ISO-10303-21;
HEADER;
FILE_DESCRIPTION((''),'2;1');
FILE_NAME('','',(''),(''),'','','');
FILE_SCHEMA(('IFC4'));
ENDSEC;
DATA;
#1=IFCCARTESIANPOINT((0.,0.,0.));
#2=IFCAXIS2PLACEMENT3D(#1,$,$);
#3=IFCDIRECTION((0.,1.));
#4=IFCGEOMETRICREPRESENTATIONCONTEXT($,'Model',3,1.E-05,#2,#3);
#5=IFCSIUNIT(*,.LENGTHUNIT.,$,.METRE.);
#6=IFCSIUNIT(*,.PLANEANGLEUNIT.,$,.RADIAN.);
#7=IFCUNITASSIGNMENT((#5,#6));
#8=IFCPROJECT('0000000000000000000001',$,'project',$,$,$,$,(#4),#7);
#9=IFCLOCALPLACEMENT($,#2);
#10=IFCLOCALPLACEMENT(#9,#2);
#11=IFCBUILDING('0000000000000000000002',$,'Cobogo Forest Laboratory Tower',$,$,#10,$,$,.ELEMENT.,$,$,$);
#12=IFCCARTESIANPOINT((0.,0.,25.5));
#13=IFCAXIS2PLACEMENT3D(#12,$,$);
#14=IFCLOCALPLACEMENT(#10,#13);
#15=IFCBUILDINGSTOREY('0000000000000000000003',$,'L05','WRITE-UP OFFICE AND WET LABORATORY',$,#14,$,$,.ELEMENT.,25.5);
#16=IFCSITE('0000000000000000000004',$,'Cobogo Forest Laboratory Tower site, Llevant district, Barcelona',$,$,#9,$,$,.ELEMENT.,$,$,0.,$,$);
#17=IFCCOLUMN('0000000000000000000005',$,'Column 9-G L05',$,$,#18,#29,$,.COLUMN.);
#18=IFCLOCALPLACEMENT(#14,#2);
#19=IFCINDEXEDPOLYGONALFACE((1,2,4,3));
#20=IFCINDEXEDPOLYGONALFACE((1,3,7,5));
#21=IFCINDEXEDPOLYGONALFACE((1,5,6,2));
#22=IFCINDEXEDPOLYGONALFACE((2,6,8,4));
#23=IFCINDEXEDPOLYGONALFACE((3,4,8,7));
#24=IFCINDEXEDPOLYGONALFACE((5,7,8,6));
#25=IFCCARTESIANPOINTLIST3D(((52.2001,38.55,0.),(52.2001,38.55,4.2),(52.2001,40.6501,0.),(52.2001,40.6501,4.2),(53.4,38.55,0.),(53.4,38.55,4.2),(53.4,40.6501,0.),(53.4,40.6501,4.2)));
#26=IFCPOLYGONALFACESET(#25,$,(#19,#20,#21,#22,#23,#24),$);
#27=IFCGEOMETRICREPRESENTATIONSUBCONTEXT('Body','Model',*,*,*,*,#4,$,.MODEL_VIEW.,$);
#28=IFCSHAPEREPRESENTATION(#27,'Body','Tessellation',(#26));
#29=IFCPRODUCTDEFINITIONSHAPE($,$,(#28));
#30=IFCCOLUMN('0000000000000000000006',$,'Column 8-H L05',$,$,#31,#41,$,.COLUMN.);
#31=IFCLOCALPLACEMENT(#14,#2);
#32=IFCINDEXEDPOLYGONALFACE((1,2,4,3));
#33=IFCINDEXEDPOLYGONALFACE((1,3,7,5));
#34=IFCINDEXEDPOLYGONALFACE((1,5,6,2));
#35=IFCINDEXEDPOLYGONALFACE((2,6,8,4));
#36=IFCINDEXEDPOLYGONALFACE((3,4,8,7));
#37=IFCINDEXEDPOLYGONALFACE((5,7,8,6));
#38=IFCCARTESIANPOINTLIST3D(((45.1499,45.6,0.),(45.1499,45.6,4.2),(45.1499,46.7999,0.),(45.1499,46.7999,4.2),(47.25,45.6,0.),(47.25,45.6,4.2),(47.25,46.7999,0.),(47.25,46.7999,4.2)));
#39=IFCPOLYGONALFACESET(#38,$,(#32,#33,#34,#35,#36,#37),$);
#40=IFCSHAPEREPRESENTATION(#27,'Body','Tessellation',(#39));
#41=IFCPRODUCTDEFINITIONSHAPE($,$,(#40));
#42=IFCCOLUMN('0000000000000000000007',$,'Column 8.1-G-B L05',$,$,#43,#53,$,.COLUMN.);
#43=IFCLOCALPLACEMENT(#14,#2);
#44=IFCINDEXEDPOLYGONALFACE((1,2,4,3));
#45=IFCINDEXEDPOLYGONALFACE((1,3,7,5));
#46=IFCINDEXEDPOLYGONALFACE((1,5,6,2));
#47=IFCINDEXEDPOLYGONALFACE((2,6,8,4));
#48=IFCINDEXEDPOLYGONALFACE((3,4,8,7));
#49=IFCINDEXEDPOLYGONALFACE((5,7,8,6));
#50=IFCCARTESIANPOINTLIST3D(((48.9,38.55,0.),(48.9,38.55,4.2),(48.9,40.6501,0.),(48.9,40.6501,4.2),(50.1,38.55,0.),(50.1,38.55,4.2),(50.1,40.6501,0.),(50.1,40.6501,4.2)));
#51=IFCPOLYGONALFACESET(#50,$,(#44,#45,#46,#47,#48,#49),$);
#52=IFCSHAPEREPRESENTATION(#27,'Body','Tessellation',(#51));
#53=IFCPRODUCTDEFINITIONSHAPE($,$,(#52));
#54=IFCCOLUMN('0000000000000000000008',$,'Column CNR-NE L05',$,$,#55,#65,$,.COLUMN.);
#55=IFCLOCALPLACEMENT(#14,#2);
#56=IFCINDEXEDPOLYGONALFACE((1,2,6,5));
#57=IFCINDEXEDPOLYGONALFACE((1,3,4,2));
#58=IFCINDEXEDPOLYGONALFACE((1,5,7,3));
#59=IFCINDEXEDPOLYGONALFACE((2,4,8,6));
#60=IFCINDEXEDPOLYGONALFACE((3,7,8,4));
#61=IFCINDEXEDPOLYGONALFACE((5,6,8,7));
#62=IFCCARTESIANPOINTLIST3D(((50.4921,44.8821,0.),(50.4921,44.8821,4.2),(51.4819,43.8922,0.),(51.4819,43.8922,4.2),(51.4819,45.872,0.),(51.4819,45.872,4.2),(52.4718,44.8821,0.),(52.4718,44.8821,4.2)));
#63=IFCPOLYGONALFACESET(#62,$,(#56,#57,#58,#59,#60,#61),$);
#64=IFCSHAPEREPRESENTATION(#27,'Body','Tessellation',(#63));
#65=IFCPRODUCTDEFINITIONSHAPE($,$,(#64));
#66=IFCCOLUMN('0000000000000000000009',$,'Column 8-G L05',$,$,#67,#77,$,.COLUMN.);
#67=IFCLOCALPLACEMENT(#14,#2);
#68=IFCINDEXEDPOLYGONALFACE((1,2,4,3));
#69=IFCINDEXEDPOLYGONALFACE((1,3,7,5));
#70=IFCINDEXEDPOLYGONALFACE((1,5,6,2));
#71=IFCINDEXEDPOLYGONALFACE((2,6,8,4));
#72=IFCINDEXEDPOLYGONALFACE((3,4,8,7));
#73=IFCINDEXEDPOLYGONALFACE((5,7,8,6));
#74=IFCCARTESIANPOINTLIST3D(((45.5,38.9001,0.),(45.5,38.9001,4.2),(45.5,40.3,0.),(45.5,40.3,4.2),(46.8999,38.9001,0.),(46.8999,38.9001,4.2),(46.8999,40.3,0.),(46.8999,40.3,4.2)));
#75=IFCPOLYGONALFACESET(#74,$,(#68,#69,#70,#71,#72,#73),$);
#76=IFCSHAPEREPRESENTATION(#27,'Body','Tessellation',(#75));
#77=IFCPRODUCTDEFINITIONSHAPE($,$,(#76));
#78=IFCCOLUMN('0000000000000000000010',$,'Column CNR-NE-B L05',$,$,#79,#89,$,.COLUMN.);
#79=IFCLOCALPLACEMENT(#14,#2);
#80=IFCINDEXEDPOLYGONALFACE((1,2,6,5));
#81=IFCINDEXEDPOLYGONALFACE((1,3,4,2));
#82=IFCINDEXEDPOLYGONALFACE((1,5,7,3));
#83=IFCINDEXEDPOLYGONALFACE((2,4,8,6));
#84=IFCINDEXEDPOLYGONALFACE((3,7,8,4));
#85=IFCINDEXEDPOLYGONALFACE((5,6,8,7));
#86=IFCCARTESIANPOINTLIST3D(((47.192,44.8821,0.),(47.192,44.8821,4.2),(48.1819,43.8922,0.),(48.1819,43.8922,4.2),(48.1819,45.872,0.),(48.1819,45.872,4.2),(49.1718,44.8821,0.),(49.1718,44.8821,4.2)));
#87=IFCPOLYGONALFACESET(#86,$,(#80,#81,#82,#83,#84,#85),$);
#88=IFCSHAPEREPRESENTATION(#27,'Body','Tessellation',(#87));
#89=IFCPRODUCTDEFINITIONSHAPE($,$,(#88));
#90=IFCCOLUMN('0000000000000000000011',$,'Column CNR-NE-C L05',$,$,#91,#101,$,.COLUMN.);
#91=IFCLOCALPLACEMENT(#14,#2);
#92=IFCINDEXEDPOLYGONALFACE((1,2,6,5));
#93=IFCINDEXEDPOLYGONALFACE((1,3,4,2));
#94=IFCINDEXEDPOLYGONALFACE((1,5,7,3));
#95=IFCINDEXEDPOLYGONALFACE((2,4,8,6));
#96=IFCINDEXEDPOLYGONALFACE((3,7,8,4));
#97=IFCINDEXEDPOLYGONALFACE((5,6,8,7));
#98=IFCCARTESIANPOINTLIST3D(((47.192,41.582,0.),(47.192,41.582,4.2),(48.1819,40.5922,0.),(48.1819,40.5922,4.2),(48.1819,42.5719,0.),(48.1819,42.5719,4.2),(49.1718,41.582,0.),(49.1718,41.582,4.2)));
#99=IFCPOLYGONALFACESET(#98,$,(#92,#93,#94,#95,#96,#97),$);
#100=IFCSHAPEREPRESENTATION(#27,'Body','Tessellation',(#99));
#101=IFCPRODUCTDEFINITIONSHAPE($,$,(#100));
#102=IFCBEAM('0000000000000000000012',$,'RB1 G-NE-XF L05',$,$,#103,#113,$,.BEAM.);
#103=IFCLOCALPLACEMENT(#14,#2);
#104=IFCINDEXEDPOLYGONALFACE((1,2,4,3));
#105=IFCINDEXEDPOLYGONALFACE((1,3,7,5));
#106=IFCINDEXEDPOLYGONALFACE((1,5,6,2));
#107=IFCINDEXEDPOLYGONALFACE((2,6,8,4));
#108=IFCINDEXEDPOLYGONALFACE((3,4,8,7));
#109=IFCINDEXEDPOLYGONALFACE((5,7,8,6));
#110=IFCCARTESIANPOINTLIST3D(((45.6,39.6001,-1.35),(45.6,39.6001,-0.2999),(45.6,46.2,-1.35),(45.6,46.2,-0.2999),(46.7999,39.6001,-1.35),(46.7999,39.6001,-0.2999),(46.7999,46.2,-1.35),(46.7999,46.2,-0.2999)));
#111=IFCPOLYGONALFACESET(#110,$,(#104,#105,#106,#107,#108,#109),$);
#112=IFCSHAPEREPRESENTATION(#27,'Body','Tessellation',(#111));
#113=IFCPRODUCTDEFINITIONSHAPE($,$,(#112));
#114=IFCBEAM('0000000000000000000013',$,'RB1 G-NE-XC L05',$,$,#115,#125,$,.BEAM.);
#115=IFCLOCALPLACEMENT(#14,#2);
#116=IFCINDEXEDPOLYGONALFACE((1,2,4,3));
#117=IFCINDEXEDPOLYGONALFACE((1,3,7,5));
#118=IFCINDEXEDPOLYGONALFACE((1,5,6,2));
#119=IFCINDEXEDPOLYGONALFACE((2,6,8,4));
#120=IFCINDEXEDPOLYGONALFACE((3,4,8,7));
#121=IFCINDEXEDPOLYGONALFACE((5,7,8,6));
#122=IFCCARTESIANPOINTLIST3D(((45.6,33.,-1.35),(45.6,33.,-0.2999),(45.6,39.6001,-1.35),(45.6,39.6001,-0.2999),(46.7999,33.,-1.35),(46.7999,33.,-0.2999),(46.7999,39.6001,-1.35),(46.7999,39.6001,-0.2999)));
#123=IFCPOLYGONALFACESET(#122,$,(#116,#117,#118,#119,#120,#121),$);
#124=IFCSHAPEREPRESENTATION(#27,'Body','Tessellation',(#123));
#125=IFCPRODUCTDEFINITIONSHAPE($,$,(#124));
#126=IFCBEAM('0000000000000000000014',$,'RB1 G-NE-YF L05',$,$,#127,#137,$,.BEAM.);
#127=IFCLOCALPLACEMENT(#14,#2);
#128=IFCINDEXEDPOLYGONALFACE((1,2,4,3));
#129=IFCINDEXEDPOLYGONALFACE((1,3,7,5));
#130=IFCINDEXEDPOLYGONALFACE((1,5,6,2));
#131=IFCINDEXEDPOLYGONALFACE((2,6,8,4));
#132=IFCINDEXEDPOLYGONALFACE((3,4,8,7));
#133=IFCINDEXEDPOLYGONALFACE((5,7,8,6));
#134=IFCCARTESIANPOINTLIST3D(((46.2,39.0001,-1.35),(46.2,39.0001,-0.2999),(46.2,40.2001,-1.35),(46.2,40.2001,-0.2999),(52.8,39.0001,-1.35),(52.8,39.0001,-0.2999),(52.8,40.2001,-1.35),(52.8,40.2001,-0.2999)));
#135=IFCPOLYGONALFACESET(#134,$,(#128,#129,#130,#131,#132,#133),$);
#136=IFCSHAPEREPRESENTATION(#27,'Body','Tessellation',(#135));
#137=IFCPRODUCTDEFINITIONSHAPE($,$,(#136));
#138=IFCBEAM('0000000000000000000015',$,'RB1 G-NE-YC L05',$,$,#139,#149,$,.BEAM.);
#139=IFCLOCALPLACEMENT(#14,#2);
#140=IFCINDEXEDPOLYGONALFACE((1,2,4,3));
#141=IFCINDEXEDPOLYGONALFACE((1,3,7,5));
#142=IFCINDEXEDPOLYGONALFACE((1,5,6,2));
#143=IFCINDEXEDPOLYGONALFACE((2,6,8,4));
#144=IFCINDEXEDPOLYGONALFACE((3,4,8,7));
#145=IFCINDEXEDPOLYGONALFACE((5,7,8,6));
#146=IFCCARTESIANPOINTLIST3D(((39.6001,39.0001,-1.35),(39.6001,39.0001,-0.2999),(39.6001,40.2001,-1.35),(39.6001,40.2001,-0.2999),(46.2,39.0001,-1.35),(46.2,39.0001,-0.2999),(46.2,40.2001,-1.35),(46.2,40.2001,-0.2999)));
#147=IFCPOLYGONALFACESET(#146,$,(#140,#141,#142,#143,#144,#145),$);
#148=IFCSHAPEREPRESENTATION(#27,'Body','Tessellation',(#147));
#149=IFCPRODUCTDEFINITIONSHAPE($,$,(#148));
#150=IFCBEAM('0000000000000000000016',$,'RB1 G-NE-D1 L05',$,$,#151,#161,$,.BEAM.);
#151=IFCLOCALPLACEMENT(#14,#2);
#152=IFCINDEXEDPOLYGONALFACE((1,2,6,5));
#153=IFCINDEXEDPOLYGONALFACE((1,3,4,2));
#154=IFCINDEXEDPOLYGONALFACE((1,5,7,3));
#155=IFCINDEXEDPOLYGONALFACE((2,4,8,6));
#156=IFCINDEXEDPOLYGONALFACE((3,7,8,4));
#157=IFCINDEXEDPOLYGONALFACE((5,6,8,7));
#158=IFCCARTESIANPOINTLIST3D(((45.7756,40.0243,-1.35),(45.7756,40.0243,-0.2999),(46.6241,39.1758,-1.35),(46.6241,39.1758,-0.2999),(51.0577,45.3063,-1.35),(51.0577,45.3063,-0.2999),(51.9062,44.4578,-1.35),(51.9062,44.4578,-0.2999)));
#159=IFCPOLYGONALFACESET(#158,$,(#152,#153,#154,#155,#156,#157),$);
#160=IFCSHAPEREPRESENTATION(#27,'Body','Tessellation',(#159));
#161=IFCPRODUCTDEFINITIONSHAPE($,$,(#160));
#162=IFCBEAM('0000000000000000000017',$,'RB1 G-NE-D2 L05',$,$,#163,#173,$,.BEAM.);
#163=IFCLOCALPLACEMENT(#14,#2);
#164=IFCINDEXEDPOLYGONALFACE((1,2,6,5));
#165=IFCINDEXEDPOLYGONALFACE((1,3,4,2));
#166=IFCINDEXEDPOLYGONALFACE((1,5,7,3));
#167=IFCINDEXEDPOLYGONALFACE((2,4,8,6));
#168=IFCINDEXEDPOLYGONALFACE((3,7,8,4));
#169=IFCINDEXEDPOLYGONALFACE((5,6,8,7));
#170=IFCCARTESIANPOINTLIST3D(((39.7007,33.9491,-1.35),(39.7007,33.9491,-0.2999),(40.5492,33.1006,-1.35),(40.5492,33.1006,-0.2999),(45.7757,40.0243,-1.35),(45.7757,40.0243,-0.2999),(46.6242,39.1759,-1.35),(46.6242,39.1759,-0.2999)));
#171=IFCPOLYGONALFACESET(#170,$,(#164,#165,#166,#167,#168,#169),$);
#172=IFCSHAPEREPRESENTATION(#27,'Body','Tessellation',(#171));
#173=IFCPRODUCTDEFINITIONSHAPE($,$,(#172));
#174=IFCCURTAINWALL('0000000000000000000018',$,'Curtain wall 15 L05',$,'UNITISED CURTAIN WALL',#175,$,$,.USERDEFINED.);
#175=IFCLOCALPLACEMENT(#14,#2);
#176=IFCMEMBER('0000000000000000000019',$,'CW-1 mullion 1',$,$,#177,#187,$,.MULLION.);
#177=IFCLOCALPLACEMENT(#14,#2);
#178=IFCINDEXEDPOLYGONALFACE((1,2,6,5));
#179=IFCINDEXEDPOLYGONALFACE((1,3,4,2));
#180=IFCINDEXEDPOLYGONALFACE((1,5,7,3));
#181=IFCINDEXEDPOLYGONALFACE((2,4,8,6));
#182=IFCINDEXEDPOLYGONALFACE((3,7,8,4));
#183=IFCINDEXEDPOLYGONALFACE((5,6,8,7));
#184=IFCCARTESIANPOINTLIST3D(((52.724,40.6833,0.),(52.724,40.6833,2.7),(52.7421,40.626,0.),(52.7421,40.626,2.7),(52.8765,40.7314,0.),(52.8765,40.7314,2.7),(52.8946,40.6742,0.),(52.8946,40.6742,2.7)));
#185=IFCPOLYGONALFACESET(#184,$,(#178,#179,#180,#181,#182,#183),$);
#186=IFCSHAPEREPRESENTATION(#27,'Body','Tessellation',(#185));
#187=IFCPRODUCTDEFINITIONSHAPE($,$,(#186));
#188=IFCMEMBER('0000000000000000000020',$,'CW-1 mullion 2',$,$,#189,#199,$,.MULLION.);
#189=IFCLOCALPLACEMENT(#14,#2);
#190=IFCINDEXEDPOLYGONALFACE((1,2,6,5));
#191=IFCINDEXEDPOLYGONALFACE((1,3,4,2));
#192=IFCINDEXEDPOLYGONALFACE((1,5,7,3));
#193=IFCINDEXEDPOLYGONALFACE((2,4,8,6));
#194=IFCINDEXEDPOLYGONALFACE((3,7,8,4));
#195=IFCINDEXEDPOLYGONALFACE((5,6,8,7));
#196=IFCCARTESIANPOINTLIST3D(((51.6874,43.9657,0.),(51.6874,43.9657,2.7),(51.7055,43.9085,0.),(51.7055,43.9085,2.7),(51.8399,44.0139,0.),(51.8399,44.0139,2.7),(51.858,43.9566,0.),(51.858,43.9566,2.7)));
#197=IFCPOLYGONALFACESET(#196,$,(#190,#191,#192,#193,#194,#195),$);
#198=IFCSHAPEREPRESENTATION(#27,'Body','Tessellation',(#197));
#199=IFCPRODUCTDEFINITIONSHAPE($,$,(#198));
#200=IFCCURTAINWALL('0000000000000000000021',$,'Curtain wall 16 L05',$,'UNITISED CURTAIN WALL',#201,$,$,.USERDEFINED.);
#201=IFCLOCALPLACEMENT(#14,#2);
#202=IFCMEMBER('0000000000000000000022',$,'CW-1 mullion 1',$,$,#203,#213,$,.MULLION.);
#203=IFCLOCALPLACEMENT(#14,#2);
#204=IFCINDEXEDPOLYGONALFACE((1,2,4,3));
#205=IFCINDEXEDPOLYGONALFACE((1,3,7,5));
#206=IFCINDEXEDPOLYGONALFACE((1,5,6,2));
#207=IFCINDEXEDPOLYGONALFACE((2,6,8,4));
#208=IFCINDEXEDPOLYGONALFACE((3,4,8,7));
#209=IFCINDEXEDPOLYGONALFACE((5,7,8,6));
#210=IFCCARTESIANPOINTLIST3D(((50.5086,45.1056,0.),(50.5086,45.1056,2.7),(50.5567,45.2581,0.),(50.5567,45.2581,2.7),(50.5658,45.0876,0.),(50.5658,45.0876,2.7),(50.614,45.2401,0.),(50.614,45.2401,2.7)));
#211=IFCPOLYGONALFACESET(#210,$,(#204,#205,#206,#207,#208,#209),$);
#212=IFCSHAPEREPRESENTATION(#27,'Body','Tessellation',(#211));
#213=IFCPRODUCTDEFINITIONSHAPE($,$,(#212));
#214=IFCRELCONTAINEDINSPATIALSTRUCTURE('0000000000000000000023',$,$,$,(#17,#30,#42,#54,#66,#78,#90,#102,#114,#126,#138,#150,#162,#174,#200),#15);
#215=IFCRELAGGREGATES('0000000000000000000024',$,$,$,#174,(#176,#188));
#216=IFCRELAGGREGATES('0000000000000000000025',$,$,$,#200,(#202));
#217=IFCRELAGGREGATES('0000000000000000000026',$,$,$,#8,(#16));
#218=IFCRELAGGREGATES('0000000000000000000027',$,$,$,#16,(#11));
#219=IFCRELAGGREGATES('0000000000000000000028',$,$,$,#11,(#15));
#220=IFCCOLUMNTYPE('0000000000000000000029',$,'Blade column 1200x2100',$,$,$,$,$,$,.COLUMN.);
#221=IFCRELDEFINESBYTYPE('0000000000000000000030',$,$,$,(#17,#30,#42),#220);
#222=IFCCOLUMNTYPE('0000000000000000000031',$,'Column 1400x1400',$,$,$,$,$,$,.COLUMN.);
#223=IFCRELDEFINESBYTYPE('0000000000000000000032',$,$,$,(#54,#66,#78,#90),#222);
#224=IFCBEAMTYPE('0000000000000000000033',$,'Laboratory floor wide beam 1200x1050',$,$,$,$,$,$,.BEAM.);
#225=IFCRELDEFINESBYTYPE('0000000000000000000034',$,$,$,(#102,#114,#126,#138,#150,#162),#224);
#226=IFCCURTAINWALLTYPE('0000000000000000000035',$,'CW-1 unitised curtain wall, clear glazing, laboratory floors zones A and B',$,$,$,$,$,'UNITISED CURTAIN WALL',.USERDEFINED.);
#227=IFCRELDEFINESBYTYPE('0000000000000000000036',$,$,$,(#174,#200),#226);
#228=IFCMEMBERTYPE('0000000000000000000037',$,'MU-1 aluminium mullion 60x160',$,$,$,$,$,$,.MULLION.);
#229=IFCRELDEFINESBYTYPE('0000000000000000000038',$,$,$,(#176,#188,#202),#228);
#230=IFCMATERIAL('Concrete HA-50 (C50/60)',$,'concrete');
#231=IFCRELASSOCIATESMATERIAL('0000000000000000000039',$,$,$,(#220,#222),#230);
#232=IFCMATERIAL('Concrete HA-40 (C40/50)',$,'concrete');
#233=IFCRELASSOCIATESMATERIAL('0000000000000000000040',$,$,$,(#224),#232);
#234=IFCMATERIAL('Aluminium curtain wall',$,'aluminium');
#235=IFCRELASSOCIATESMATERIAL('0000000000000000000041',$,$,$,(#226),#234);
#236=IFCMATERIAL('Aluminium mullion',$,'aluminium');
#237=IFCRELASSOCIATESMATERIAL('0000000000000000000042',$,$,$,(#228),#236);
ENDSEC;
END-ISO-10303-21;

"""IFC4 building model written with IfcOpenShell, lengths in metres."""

from ifc_helpers import new_model, si_unit, direction, frame, origin, origin_2d, place, context, subcontext, project, spatial, rectangle, extrude, material, material_profile, profile_set, type_object, element, aggregate, save


model = new_model("IFC4")

# Units and contexts
model_context = context("Model", 3, precision=1e-05, world=origin(), true_north=direction((0.0, 1.0)))
body_context = subcontext(model_context, "Body", "Model", "MODEL_VIEW")
ifc_project = project(units=[si_unit("LENGTHUNIT", "METRE"), si_unit("PLANEANGLEUNIT", "RADIAN")], contexts=[model_context])

# Site, building, storey
site_placement = place(None, origin())
site = spatial("IfcSite", under=ifc_project, at=site_placement, Name="Cobogo Forest Laboratory Tower site, Llevant district, Barcelona", CompositionType="ELEMENT", RefElevation=0.0)
building_placement = place(site_placement, origin())
building = spatial("IfcBuilding", under=site, at=building_placement, Name="Cobogo Forest Laboratory Tower", CompositionType="ELEMENT")
storey_placement = place(building_placement, frame((0.0, 0.0, 25.5)))
storey = spatial("IfcBuildingStorey", under=building, at=storey_placement, Name="L05", Description="WRITE-UP OFFICE AND WET LABORATORY", CompositionType="ELEMENT", Elevation=25.5)

# Columns
ifc_material_1 = material(Name="Concrete HA-50 (C50/60)", Category="concrete")
ifc_material_profile_1 = material_profile(ifc_material_1, rectangle(XDim=2.1001, YDim=1.2, at=origin_2d()), Name="RC 1200x2100")
ifc_profile_set_1 = profile_set([ifc_material_profile_1], Name="Concrete HA-50 (C50/60)")
column_type_1 = type_object("IfcColumnType", Name="Blade column 1200x2100", PredefinedType="COLUMN", material=ifc_profile_set_1)
for number, where, z_axis, x_axis, name in (
    (1, (52.8, 39.6001, 0.0), (0.0, 0.0, 1.0), (0.0, 1.0, 0.0), "Column 9-G L05"),
    (2, (46.2, 46.2, 0.0), (0.0, 0.0, 1.0), (1.0, 0.0, 0.0), "Column 8-H L05"),
    (3, (49.5, 39.6001, 0.0), (0.0, 0.0, 1.0), (0.0, 1.0, 0.0), "Column 8.1-G-B L05"),
):
    element("IfcColumn", number, at=place(storey_placement, frame(where, z_axis=z_axis, x_axis=x_axis)), inside=storey, type_object=column_type_1, Name=name, PredefinedType="COLUMN", context=body_context, shape_type="SweptSolid", body=[
        extrude(rectangle(XDim=2.1001, YDim=1.2, at=origin_2d()), origin(), (0.0, 0.0, 1.0), 4.2),
    ])
ifc_material_profile_2 = material_profile(ifc_material_1, rectangle(XDim=1.3999, YDim=1.3999, at=origin_2d()), Name="RC 1400x1400")
ifc_profile_set_2 = profile_set([ifc_material_profile_2], Name="Concrete HA-50 (C50/60)")
column_type_2 = type_object("IfcColumnType", Name="Column 1400x1400", PredefinedType="COLUMN", material=ifc_profile_set_2)
for number, where, z_axis, x_axis, name in (
    (4, (51.4819, 44.8821, 0.0), (0.0, 0.0, 1.0), (0.707107, 0.707107, 0.0), "Column CNR-NE L05"),
    (5, (46.2, 39.6001, 0.0), (0.0, 0.0, 1.0), (1.0, 0.0, 0.0), "Column 8-G L05"),
    (6, (48.1819, 44.8821, 0.0), (0.0, 0.0, 1.0), (0.707107, 0.707107, 0.0), "Column CNR-NE-B L05"),
    (7, (48.1819, 41.582, 0.0), (0.0, 0.0, 1.0), (0.707107, 0.707107, 0.0), "Column CNR-NE-C L05"),
):
    element("IfcColumn", number, at=place(storey_placement, frame(where, z_axis=z_axis, x_axis=x_axis)), inside=storey, type_object=column_type_2, Name=name, PredefinedType="COLUMN", context=body_context, shape_type="SweptSolid", body=[
        extrude(rectangle(XDim=1.3999, YDim=1.3999, at=origin_2d()), origin(), (0.0, 0.0, 1.0), 4.2),
    ])

# Beams
ifc_material_2 = material(Name="Concrete HA-40 (C40/50)", Category="concrete")
ifc_material_profile_3 = material_profile(ifc_material_2, rectangle(XDim=1.2, YDim=1.05, at=origin_2d()), Name="RC 1200x1050")
ifc_profile_set_3 = profile_set([ifc_material_profile_3], Name="Concrete HA-40 (C40/50)")
beam_type_1 = type_object("IfcBeamType", Name="Laboratory floor wide beam 1200x1050", PredefinedType="BEAM", material=ifc_profile_set_3)
beam_1_placement = place(storey_placement, frame((46.2, 46.2, -0.825), z_axis=(0.0, -1.0, 0.0), x_axis=(1.0, 0.0, 0.0)))
element("IfcBeam", 8, at=beam_1_placement, inside=storey, type_object=beam_type_1, Name="RB1 G-NE-XF L05", PredefinedType="BEAM", context=body_context, shape_type="SweptSolid", body=[
    extrude(rectangle(XDim=1.2, YDim=1.05, at=origin_2d()), origin(), (0.0, 0.0, 1.0), 6.5999),
])
for number, where, z_axis, x_axis, name in (
    (9, (46.2, 39.6001, -0.825), (0.0, -1.0, 0.0), (1.0, 0.0, 0.0), "RB1 G-NE-XC L05"),
    (10, (52.8, 39.6001, -0.825), (-1.0, 0.0, 0.0), (0.0, -1.0, 0.0), "RB1 G-NE-YF L05"),
):
    element("IfcBeam", number, at=place(storey_placement, frame(where, z_axis=z_axis, x_axis=x_axis)), inside=storey, type_object=beam_type_1, Name=name, PredefinedType="BEAM", context=body_context, shape_type="SweptSolid", body=[
        extrude(rectangle(XDim=1.2, YDim=1.05, at=origin_2d()), origin(), (0.0, 0.0, 1.0), 6.6001),
    ])
beam_2_placement = place(storey_placement, frame((46.2, 39.6001, -0.825), z_axis=(-1.0, 0.0, 0.0), x_axis=(0.0, -1.0, 0.0)))
element("IfcBeam", 11, at=beam_2_placement, inside=storey, type_object=beam_type_1, Name="RB1 G-NE-YC L05", PredefinedType="BEAM", context=body_context, shape_type="SweptSolid", body=[
    extrude(rectangle(XDim=1.2, YDim=1.05, at=origin_2d()), origin(), (0.0, 0.0, 1.0), 6.5999),
])
beam_3_placement = place(storey_placement, frame((51.4819, 44.8821, -0.825), z_axis=(-0.707107, -0.707107, 0.0), x_axis=(0.707107, -0.707107, 0.0)))
element("IfcBeam", 12, at=beam_3_placement, inside=storey, type_object=beam_type_1, Name="RB1 G-NE-D1 L05", PredefinedType="BEAM", context=body_context, shape_type="SweptSolid", body=[
    extrude(rectangle(XDim=1.2, YDim=1.05, at=origin_2d()), origin(), (0.0, 0.0, 1.0), 7.47),
])
beam_4_placement = place(storey_placement, frame((46.2, 39.6001, -0.825), z_axis=(-0.707093, -0.707121, 0.0), x_axis=(0.707121, -0.707093, 0.0)))
element("IfcBeam", 13, at=beam_4_placement, inside=storey, type_object=beam_type_1, Name="RB1 G-NE-D2 L05", PredefinedType="BEAM", context=body_context, shape_type="SweptSolid", body=[
    extrude(rectangle(XDim=1.2, YDim=1.05, at=origin_2d()), origin(), (0.0, 0.0, 1.0), 8.5916),
])

# Curtain walls, members
ifc_material_3 = material(Name="Aluminium curtain wall", Category="aluminium")
curtain_wall_type = type_object("IfcCurtainWallType", Name="CW-1 unitised curtain wall, clear glazing, laboratory floors zones A and B", ElementType="UNITISED CURTAIN WALL", PredefinedType="USERDEFINED", material=ifc_material_3)
curtain_wall_1_placement = place(storey_placement, origin())
curtain_wall_1 = element("IfcCurtainWall", 14, at=curtain_wall_1_placement, inside=storey, type_object=curtain_wall_type, Name="Curtain wall 15 L05", ObjectType="UNITISED CURTAIN WALL", PredefinedType="USERDEFINED")
ifc_material_4 = material(Name="Aluminium mullion", Category="aluminium")
ifc_material_profile_4 = material_profile(ifc_material_4, rectangle(XDim=0.0601, YDim=0.1599, at=origin_2d()), Name="AL 60x160")
ifc_profile_set_4 = profile_set([ifc_material_profile_4], Name="Aluminium mullion")
member_type_1 = type_object("IfcMemberType", Name="MU-1 aluminium mullion 60x160", PredefinedType="MULLION", material=ifc_profile_set_4)
member_1_placement = place(storey_placement, frame((52.8093, 40.6787, 0.0), z_axis=(0.0, 0.0, 1.0), x_axis=(-0.301135, 0.953581, 0.0)))
member_1 = element("IfcMember", 15, at=member_1_placement, type_object=member_type_1, Name="CW-1 mullion 1", PredefinedType="MULLION", context=body_context, shape_type="SweptSolid", body=[
    extrude(rectangle(XDim=0.0601, YDim=0.1599, at=origin_2d()), origin(), (0.0, 0.0, 1.0), 2.7),
])
member_2_placement = place(storey_placement, frame((51.7727, 43.9612, 0.0), z_axis=(0.0, 0.0, 1.0), x_axis=(-0.301135, 0.953581, 0.0)))
member_2 = element("IfcMember", 16, at=member_2_placement, type_object=member_type_1, Name="CW-1 mullion 2", PredefinedType="MULLION", context=body_context, shape_type="SweptSolid", body=[
    extrude(rectangle(XDim=0.0601, YDim=0.1599, at=origin_2d()), origin(), (0.0, 0.0, 1.0), 2.7),
])
curtain_wall_2_placement = place(storey_placement, origin())
curtain_wall_2 = element("IfcCurtainWall", 17, at=curtain_wall_2_placement, inside=storey, type_object=curtain_wall_type, Name="Curtain wall 16 L05", ObjectType="UNITISED CURTAIN WALL", PredefinedType="USERDEFINED")
member_3_placement = place(storey_placement, frame((50.5613, 45.1729, 0.0), z_axis=(0.0, 0.0, 1.0), x_axis=(-0.953581, 0.301135, 0.0)))
member_3 = element("IfcMember", 18, at=member_3_placement, type_object=member_type_1, Name="CW-1 mullion 1", PredefinedType="MULLION", context=body_context, shape_type="SweptSolid", body=[
    extrude(rectangle(XDim=0.0601, YDim=0.1599, at=origin_2d()), origin(), (0.0, 0.0, 1.0), 2.7),
])

aggregate(curtain_wall_1, [member_1, member_2])
aggregate(curtain_wall_2, [member_3])

save(model, "model.ifc")
